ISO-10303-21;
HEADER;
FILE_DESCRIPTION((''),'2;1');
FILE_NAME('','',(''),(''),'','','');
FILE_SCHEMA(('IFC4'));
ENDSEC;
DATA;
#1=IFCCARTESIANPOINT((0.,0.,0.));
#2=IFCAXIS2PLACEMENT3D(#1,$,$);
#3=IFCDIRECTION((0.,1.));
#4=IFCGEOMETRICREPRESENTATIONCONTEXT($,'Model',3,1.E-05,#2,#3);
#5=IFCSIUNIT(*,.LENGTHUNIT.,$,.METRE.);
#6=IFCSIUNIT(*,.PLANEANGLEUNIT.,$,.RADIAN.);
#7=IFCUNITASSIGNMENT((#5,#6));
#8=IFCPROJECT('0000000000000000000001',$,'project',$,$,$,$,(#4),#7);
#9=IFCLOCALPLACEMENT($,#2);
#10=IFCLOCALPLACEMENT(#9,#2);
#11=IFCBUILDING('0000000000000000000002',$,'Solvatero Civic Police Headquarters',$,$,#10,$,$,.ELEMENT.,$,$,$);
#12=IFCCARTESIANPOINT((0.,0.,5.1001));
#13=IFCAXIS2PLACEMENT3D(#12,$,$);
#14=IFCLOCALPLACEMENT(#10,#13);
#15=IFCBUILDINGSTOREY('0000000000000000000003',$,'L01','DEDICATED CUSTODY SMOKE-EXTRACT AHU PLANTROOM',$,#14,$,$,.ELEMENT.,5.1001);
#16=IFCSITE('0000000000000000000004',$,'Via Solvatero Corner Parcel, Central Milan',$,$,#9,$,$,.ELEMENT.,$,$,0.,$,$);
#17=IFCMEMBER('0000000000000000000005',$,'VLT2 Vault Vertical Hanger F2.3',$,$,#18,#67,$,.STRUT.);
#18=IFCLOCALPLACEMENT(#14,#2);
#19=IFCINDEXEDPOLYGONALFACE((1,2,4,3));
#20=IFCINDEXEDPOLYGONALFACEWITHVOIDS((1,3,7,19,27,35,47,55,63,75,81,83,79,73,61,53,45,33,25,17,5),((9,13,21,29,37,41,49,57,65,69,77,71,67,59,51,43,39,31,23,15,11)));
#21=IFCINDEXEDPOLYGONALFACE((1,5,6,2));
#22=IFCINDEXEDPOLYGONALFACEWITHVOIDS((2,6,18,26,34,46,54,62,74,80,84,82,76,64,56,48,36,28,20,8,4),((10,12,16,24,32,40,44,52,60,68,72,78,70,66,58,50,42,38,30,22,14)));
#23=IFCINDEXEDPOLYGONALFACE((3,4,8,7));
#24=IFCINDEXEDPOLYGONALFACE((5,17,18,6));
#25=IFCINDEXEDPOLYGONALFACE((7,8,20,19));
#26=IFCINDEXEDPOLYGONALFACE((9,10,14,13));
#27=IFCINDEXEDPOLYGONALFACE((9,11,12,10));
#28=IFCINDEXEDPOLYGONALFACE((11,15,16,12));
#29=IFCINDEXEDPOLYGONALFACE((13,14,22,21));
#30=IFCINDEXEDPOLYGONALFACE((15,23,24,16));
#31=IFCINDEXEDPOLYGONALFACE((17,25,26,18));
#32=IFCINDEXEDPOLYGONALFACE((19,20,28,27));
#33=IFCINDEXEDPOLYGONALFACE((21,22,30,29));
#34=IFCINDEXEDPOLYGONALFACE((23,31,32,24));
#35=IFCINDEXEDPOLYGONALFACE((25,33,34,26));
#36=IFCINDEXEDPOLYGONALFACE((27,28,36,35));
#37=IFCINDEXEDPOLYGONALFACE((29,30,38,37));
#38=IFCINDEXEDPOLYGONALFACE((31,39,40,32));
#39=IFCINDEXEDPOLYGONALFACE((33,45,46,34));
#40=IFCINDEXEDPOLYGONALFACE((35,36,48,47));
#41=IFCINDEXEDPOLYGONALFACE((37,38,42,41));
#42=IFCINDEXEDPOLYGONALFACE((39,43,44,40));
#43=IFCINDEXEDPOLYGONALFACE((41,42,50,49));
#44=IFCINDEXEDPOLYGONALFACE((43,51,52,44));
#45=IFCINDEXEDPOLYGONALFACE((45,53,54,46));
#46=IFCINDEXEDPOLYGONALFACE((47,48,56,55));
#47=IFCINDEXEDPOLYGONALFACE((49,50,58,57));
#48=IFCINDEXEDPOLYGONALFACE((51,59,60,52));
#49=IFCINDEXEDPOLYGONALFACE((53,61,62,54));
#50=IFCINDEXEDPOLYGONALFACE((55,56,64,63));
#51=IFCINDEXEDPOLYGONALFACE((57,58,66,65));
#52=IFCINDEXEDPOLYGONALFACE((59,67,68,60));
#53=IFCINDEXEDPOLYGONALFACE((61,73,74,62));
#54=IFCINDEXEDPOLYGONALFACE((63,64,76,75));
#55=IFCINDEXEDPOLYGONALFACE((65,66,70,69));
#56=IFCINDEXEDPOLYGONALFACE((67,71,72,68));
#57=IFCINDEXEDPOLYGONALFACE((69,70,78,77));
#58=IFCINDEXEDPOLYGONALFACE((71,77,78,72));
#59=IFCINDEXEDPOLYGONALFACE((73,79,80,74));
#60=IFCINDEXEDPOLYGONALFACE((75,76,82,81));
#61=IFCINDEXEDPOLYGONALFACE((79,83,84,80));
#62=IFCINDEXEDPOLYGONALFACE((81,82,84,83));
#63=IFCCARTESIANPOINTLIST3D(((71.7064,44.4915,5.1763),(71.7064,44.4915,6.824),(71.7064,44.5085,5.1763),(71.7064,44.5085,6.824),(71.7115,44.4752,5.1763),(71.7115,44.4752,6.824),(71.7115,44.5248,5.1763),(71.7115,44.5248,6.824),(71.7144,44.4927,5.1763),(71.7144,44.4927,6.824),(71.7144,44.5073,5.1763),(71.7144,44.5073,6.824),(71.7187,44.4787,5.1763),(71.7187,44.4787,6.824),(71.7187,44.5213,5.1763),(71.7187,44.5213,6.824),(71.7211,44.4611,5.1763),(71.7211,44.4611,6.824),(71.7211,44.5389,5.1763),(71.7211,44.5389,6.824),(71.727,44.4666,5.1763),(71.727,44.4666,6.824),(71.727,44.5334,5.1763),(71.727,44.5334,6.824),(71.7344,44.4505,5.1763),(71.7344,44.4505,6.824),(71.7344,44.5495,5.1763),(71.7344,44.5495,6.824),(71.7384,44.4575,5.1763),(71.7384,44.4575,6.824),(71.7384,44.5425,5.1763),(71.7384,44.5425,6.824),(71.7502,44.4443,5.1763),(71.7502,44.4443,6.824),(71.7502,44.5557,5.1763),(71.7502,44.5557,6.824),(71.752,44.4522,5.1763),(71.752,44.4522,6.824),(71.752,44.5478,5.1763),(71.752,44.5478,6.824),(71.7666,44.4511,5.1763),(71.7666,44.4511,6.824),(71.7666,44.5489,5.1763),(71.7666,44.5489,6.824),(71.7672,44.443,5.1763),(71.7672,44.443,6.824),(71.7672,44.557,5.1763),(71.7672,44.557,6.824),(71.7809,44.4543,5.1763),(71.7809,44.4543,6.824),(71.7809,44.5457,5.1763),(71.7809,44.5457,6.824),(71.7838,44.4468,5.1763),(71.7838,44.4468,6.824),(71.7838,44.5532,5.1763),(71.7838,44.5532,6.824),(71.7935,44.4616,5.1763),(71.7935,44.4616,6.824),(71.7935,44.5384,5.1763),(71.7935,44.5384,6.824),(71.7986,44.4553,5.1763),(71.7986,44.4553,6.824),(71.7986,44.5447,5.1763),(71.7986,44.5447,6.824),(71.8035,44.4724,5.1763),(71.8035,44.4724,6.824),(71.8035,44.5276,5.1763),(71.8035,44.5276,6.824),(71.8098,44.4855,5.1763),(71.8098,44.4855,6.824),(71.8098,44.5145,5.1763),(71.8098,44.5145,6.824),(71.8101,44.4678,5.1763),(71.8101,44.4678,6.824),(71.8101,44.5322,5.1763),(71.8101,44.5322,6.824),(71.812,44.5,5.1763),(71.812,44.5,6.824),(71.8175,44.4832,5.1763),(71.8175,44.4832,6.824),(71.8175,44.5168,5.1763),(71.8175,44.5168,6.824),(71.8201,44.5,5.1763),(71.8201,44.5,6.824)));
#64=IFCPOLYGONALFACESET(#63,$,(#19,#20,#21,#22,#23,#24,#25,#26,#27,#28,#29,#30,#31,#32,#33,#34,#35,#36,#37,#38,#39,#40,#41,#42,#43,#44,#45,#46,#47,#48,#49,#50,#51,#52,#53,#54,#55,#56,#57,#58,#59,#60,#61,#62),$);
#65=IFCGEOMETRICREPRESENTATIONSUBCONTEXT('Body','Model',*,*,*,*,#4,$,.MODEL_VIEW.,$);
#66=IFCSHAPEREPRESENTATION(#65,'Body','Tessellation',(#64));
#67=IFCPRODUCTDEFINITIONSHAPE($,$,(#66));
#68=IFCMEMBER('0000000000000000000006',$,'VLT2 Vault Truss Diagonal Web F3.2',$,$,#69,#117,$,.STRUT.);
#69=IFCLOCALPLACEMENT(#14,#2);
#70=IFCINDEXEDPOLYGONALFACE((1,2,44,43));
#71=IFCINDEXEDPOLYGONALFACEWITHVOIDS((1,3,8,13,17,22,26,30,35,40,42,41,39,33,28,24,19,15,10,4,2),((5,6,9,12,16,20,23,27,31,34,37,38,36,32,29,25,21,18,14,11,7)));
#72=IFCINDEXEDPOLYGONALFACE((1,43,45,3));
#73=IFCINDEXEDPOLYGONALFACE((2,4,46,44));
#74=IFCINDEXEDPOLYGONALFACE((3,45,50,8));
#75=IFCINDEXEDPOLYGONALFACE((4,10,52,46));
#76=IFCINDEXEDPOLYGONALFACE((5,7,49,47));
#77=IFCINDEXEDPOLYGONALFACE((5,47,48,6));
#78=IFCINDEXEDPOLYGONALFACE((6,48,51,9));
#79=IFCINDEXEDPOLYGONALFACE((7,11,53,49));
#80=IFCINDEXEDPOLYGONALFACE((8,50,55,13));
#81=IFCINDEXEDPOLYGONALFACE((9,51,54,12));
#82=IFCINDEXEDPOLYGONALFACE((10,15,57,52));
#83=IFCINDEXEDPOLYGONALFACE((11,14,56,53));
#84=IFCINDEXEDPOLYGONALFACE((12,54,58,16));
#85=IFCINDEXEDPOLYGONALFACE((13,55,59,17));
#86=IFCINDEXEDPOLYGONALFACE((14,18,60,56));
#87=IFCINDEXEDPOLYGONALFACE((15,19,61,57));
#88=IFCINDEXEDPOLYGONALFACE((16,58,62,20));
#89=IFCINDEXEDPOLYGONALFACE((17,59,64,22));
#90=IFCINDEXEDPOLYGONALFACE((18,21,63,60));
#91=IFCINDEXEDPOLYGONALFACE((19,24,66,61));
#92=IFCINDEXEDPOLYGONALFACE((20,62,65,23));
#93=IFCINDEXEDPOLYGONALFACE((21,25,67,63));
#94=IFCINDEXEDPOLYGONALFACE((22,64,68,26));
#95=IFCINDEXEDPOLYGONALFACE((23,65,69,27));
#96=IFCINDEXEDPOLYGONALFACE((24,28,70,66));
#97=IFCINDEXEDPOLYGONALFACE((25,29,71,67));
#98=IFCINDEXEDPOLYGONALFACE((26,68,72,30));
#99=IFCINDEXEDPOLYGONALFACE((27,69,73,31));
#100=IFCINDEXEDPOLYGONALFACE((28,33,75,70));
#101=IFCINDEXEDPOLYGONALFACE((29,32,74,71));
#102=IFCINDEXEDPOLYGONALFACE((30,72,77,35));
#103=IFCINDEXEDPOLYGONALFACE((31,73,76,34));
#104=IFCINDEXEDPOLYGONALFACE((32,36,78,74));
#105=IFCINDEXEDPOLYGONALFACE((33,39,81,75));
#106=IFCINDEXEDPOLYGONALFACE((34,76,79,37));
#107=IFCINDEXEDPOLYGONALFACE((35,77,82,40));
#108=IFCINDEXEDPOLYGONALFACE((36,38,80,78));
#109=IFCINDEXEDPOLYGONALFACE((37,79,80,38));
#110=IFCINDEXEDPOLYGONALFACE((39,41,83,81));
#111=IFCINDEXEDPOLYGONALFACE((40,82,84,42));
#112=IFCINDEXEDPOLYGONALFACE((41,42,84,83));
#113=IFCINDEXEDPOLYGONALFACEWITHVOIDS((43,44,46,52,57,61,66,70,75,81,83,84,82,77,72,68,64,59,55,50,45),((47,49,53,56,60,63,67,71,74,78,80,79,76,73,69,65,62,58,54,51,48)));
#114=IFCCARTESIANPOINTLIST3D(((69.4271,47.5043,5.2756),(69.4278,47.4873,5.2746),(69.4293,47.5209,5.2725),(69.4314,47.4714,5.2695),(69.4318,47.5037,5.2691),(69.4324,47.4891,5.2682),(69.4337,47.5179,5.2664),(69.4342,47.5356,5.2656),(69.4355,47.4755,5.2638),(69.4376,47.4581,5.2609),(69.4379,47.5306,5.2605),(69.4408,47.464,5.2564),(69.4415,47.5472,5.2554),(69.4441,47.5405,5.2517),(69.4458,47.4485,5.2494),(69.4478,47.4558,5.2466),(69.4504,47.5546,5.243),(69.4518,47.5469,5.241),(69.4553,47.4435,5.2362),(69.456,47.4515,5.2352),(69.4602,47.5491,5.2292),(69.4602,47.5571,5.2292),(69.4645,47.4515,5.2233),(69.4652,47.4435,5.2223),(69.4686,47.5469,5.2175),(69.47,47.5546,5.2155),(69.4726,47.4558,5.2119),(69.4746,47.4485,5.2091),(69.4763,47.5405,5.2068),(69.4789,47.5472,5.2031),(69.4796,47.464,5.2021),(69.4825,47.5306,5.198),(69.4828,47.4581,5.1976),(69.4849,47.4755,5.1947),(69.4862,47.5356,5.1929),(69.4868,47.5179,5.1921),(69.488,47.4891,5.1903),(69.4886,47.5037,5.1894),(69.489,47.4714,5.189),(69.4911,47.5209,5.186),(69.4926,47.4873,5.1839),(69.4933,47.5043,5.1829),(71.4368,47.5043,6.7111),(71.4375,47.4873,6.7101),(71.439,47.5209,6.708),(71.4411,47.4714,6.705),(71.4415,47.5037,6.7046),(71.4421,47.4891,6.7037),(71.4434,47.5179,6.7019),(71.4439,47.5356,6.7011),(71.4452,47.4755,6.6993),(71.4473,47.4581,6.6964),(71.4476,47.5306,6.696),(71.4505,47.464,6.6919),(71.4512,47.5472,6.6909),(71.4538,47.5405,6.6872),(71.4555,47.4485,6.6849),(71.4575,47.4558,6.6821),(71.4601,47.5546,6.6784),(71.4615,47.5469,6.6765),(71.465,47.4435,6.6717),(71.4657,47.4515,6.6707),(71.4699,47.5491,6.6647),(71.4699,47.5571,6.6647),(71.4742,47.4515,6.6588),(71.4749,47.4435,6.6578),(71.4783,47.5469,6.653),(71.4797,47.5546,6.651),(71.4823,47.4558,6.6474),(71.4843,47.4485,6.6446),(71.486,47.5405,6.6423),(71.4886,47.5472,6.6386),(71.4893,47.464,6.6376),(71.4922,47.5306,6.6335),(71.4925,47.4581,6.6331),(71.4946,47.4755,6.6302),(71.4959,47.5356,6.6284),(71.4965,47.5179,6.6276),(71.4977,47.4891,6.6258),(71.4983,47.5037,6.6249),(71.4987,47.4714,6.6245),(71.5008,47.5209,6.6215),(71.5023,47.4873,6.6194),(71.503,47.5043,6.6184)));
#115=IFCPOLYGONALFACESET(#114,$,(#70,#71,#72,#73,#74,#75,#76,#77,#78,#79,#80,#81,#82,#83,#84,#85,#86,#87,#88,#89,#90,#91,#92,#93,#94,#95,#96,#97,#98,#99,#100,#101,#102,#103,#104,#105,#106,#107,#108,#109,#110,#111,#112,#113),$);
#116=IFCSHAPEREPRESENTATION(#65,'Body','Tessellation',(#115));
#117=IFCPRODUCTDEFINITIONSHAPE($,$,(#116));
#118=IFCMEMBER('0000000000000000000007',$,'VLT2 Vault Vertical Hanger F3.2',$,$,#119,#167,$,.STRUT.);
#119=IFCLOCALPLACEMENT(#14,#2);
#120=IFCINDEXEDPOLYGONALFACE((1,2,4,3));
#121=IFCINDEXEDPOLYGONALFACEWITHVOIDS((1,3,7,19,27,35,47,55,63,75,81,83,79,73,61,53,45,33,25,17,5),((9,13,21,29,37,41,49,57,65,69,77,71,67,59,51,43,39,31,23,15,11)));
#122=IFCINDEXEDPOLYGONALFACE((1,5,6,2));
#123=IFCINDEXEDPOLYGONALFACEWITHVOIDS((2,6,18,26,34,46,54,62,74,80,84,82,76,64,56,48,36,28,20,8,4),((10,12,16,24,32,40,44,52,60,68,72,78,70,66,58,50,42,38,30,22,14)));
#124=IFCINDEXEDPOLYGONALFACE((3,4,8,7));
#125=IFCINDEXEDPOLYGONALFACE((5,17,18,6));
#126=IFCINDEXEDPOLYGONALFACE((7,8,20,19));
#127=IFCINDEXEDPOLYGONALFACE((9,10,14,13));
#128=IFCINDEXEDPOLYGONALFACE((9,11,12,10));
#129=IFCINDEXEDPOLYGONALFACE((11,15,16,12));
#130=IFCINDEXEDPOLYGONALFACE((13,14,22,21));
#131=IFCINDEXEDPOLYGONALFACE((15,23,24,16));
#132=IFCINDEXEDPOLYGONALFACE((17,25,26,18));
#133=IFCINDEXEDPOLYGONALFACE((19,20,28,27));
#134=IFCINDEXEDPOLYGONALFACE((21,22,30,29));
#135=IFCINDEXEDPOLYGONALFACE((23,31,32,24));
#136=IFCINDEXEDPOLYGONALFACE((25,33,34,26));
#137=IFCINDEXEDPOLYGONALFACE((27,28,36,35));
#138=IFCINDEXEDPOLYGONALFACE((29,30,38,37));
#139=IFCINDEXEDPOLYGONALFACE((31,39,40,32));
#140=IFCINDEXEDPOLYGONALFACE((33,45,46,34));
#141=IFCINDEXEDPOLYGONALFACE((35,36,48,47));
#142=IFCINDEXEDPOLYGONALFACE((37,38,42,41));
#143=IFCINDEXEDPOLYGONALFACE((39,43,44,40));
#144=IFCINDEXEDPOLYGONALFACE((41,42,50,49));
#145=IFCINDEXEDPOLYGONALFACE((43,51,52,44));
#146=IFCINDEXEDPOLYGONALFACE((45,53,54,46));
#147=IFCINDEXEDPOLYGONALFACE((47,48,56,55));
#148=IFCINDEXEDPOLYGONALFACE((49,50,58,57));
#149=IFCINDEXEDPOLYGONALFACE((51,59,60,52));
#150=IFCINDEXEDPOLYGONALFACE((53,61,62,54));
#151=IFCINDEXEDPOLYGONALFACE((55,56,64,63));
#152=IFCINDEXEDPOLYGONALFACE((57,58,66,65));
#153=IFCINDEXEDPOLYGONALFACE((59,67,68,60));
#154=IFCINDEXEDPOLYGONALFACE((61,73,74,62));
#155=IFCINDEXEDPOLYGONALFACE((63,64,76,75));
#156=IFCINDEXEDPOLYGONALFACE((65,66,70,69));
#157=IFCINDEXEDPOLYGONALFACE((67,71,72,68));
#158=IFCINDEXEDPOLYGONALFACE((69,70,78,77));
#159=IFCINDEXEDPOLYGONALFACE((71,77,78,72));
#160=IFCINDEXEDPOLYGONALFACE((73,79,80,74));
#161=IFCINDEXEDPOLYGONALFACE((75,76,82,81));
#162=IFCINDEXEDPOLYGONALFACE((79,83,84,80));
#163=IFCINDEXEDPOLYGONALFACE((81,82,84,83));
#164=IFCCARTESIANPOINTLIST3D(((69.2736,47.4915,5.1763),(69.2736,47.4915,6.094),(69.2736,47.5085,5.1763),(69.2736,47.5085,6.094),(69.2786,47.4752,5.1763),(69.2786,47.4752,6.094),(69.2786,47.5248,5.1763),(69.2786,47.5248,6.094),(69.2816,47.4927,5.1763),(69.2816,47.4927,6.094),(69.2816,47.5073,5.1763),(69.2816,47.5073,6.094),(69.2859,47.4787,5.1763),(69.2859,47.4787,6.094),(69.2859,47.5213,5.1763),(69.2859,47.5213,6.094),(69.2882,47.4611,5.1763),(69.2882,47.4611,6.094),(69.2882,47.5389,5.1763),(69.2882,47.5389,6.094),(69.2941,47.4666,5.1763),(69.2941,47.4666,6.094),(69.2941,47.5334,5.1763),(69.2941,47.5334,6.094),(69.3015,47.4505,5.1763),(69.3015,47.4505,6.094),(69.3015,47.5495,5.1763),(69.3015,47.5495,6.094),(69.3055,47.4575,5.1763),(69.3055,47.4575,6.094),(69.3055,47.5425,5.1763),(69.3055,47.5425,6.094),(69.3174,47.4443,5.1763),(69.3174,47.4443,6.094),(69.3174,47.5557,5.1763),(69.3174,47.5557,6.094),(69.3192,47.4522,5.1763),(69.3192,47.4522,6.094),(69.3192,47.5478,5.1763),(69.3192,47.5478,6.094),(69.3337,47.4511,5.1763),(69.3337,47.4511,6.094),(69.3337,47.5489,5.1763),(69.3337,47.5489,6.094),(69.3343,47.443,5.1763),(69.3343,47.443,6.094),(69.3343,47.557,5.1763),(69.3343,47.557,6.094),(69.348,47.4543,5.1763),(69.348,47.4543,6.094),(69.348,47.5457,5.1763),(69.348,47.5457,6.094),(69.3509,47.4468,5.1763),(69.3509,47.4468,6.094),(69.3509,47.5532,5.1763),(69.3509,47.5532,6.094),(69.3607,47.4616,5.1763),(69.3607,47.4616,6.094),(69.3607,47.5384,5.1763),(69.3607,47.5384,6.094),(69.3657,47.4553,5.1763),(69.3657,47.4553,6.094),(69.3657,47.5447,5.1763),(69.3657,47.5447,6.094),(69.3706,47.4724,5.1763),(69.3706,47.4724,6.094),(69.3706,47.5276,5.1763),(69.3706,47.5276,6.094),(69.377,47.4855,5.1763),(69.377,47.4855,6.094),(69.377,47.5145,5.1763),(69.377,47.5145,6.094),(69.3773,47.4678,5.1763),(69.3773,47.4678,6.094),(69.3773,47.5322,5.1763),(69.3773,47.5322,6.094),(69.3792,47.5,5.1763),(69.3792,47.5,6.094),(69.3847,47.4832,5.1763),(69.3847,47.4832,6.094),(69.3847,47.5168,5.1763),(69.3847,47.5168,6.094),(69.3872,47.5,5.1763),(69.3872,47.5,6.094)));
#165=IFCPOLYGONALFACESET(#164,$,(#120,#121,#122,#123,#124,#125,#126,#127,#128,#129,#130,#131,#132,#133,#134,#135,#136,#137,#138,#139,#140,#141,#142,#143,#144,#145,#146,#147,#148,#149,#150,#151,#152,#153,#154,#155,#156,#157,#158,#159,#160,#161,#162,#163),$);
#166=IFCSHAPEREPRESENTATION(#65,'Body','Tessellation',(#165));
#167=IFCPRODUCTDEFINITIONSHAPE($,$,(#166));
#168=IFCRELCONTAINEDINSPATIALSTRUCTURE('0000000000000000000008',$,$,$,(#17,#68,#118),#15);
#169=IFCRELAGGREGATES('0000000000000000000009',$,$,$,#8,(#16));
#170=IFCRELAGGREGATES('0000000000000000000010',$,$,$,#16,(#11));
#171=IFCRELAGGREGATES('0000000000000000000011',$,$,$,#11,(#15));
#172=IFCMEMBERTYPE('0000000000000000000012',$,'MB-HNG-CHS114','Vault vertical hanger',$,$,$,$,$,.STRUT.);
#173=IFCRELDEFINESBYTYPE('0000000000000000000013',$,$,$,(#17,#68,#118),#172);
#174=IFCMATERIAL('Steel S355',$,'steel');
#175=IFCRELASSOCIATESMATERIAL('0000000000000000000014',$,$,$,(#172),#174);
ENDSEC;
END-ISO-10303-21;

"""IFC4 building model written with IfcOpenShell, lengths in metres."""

from ifc_helpers import new_model, si_unit, direction, frame, origin, origin_2d, place, context, subcontext, project, spatial, hollow_circle, extrude, material, material_profile, profile_set, type_object, element, save


model = new_model("IFC4")

# Units and contexts
model_context = context("Model", 3, precision=1e-05, world=origin(), true_north=direction((0.0, 1.0)))
body_context = subcontext(model_context, "Body", "Model", "MODEL_VIEW")
ifc_project = project(units=[si_unit("LENGTHUNIT", "METRE"), si_unit("PLANEANGLEUNIT", "RADIAN")], contexts=[model_context])

# Site, building, storey
site_placement = place(None, origin())
site = spatial("IfcSite", under=ifc_project, at=site_placement, Name="Via Solvatero Corner Parcel, Central Milan", CompositionType="ELEMENT", RefElevation=0.0)
building_placement = place(site_placement, origin())
building = spatial("IfcBuilding", under=site, at=building_placement, Name="Solvatero Civic Police Headquarters", CompositionType="ELEMENT")
storey_placement = place(building_placement, frame((0.0, 0.0, 5.1001)))
storey = spatial("IfcBuildingStorey", under=building, at=storey_placement, Name="L01", Description="DEDICATED CUSTODY SMOKE-EXTRACT AHU PLANTROOM", CompositionType="ELEMENT", Elevation=5.1001)

# Shared definitions
ifc_material_1 = material(Name="Steel S355", Category="steel")

# Members
ifc_material_profile_1 = material_profile(ifc_material_1, hollow_circle(Radius=0.0571, WallThickness=0.0081, at=origin_2d()), Name="CHS 114.3x8.0")
ifc_profile_set_1 = profile_set([ifc_material_profile_1], Name="Steel S355")
member_type_1 = type_object("IfcMemberType", Name="MB-HNG-CHS114", Description="Vault vertical hanger", PredefinedType="STRUT", material=ifc_profile_set_1)
member_1_placement = place(storey_placement, frame((71.7629, 44.5, 5.1763), z_axis=(0.0, 0.0, 1.0), x_axis=(1.0, 0.0, 0.0)))
element("IfcMember", 1, at=member_1_placement, inside=storey, type_object=member_type_1, Name="VLT2 Vault Vertical Hanger F2.3", PredefinedType="STRUT", context=body_context, shape_type="SweptSolid", body=[
    extrude(hollow_circle(Radius=0.0571, WallThickness=0.0081, at=origin_2d()), origin(), (0.0, 0.0, 1.0), 1.6477),
])
member_2_placement = place(storey_placement, frame((69.4602, 47.5, 5.2292), z_axis=(0.813733, 0.0, 0.581238), x_axis=(0.0, 1.0, 0.0)))
element("IfcMember", 2, at=member_2_placement, inside=storey, type_object=member_type_1, Name="VLT2 Vault Truss Diagonal Web F3.2", PredefinedType="STRUT", context=body_context, shape_type="SweptSolid", body=[
    extrude(hollow_circle(Radius=0.0571, WallThickness=0.0081, at=origin_2d()), origin(), (0.0, 0.0, 1.0), 2.4697),
])
member_3_placement = place(storey_placement, frame((69.3301, 47.5, 5.1763), z_axis=(0.0, 0.0, 1.0), x_axis=(1.0, 0.0, 0.0)))
element("IfcMember", 3, at=member_3_placement, inside=storey, type_object=member_type_1, Name="VLT2 Vault Vertical Hanger F3.2", PredefinedType="STRUT", context=body_context, shape_type="SweptSolid", body=[
    extrude(hollow_circle(Radius=0.0571, WallThickness=0.0081, at=origin_2d()), origin(), (0.0, 0.0, 1.0), 0.9177),
])

save(model, "model.ifc")
